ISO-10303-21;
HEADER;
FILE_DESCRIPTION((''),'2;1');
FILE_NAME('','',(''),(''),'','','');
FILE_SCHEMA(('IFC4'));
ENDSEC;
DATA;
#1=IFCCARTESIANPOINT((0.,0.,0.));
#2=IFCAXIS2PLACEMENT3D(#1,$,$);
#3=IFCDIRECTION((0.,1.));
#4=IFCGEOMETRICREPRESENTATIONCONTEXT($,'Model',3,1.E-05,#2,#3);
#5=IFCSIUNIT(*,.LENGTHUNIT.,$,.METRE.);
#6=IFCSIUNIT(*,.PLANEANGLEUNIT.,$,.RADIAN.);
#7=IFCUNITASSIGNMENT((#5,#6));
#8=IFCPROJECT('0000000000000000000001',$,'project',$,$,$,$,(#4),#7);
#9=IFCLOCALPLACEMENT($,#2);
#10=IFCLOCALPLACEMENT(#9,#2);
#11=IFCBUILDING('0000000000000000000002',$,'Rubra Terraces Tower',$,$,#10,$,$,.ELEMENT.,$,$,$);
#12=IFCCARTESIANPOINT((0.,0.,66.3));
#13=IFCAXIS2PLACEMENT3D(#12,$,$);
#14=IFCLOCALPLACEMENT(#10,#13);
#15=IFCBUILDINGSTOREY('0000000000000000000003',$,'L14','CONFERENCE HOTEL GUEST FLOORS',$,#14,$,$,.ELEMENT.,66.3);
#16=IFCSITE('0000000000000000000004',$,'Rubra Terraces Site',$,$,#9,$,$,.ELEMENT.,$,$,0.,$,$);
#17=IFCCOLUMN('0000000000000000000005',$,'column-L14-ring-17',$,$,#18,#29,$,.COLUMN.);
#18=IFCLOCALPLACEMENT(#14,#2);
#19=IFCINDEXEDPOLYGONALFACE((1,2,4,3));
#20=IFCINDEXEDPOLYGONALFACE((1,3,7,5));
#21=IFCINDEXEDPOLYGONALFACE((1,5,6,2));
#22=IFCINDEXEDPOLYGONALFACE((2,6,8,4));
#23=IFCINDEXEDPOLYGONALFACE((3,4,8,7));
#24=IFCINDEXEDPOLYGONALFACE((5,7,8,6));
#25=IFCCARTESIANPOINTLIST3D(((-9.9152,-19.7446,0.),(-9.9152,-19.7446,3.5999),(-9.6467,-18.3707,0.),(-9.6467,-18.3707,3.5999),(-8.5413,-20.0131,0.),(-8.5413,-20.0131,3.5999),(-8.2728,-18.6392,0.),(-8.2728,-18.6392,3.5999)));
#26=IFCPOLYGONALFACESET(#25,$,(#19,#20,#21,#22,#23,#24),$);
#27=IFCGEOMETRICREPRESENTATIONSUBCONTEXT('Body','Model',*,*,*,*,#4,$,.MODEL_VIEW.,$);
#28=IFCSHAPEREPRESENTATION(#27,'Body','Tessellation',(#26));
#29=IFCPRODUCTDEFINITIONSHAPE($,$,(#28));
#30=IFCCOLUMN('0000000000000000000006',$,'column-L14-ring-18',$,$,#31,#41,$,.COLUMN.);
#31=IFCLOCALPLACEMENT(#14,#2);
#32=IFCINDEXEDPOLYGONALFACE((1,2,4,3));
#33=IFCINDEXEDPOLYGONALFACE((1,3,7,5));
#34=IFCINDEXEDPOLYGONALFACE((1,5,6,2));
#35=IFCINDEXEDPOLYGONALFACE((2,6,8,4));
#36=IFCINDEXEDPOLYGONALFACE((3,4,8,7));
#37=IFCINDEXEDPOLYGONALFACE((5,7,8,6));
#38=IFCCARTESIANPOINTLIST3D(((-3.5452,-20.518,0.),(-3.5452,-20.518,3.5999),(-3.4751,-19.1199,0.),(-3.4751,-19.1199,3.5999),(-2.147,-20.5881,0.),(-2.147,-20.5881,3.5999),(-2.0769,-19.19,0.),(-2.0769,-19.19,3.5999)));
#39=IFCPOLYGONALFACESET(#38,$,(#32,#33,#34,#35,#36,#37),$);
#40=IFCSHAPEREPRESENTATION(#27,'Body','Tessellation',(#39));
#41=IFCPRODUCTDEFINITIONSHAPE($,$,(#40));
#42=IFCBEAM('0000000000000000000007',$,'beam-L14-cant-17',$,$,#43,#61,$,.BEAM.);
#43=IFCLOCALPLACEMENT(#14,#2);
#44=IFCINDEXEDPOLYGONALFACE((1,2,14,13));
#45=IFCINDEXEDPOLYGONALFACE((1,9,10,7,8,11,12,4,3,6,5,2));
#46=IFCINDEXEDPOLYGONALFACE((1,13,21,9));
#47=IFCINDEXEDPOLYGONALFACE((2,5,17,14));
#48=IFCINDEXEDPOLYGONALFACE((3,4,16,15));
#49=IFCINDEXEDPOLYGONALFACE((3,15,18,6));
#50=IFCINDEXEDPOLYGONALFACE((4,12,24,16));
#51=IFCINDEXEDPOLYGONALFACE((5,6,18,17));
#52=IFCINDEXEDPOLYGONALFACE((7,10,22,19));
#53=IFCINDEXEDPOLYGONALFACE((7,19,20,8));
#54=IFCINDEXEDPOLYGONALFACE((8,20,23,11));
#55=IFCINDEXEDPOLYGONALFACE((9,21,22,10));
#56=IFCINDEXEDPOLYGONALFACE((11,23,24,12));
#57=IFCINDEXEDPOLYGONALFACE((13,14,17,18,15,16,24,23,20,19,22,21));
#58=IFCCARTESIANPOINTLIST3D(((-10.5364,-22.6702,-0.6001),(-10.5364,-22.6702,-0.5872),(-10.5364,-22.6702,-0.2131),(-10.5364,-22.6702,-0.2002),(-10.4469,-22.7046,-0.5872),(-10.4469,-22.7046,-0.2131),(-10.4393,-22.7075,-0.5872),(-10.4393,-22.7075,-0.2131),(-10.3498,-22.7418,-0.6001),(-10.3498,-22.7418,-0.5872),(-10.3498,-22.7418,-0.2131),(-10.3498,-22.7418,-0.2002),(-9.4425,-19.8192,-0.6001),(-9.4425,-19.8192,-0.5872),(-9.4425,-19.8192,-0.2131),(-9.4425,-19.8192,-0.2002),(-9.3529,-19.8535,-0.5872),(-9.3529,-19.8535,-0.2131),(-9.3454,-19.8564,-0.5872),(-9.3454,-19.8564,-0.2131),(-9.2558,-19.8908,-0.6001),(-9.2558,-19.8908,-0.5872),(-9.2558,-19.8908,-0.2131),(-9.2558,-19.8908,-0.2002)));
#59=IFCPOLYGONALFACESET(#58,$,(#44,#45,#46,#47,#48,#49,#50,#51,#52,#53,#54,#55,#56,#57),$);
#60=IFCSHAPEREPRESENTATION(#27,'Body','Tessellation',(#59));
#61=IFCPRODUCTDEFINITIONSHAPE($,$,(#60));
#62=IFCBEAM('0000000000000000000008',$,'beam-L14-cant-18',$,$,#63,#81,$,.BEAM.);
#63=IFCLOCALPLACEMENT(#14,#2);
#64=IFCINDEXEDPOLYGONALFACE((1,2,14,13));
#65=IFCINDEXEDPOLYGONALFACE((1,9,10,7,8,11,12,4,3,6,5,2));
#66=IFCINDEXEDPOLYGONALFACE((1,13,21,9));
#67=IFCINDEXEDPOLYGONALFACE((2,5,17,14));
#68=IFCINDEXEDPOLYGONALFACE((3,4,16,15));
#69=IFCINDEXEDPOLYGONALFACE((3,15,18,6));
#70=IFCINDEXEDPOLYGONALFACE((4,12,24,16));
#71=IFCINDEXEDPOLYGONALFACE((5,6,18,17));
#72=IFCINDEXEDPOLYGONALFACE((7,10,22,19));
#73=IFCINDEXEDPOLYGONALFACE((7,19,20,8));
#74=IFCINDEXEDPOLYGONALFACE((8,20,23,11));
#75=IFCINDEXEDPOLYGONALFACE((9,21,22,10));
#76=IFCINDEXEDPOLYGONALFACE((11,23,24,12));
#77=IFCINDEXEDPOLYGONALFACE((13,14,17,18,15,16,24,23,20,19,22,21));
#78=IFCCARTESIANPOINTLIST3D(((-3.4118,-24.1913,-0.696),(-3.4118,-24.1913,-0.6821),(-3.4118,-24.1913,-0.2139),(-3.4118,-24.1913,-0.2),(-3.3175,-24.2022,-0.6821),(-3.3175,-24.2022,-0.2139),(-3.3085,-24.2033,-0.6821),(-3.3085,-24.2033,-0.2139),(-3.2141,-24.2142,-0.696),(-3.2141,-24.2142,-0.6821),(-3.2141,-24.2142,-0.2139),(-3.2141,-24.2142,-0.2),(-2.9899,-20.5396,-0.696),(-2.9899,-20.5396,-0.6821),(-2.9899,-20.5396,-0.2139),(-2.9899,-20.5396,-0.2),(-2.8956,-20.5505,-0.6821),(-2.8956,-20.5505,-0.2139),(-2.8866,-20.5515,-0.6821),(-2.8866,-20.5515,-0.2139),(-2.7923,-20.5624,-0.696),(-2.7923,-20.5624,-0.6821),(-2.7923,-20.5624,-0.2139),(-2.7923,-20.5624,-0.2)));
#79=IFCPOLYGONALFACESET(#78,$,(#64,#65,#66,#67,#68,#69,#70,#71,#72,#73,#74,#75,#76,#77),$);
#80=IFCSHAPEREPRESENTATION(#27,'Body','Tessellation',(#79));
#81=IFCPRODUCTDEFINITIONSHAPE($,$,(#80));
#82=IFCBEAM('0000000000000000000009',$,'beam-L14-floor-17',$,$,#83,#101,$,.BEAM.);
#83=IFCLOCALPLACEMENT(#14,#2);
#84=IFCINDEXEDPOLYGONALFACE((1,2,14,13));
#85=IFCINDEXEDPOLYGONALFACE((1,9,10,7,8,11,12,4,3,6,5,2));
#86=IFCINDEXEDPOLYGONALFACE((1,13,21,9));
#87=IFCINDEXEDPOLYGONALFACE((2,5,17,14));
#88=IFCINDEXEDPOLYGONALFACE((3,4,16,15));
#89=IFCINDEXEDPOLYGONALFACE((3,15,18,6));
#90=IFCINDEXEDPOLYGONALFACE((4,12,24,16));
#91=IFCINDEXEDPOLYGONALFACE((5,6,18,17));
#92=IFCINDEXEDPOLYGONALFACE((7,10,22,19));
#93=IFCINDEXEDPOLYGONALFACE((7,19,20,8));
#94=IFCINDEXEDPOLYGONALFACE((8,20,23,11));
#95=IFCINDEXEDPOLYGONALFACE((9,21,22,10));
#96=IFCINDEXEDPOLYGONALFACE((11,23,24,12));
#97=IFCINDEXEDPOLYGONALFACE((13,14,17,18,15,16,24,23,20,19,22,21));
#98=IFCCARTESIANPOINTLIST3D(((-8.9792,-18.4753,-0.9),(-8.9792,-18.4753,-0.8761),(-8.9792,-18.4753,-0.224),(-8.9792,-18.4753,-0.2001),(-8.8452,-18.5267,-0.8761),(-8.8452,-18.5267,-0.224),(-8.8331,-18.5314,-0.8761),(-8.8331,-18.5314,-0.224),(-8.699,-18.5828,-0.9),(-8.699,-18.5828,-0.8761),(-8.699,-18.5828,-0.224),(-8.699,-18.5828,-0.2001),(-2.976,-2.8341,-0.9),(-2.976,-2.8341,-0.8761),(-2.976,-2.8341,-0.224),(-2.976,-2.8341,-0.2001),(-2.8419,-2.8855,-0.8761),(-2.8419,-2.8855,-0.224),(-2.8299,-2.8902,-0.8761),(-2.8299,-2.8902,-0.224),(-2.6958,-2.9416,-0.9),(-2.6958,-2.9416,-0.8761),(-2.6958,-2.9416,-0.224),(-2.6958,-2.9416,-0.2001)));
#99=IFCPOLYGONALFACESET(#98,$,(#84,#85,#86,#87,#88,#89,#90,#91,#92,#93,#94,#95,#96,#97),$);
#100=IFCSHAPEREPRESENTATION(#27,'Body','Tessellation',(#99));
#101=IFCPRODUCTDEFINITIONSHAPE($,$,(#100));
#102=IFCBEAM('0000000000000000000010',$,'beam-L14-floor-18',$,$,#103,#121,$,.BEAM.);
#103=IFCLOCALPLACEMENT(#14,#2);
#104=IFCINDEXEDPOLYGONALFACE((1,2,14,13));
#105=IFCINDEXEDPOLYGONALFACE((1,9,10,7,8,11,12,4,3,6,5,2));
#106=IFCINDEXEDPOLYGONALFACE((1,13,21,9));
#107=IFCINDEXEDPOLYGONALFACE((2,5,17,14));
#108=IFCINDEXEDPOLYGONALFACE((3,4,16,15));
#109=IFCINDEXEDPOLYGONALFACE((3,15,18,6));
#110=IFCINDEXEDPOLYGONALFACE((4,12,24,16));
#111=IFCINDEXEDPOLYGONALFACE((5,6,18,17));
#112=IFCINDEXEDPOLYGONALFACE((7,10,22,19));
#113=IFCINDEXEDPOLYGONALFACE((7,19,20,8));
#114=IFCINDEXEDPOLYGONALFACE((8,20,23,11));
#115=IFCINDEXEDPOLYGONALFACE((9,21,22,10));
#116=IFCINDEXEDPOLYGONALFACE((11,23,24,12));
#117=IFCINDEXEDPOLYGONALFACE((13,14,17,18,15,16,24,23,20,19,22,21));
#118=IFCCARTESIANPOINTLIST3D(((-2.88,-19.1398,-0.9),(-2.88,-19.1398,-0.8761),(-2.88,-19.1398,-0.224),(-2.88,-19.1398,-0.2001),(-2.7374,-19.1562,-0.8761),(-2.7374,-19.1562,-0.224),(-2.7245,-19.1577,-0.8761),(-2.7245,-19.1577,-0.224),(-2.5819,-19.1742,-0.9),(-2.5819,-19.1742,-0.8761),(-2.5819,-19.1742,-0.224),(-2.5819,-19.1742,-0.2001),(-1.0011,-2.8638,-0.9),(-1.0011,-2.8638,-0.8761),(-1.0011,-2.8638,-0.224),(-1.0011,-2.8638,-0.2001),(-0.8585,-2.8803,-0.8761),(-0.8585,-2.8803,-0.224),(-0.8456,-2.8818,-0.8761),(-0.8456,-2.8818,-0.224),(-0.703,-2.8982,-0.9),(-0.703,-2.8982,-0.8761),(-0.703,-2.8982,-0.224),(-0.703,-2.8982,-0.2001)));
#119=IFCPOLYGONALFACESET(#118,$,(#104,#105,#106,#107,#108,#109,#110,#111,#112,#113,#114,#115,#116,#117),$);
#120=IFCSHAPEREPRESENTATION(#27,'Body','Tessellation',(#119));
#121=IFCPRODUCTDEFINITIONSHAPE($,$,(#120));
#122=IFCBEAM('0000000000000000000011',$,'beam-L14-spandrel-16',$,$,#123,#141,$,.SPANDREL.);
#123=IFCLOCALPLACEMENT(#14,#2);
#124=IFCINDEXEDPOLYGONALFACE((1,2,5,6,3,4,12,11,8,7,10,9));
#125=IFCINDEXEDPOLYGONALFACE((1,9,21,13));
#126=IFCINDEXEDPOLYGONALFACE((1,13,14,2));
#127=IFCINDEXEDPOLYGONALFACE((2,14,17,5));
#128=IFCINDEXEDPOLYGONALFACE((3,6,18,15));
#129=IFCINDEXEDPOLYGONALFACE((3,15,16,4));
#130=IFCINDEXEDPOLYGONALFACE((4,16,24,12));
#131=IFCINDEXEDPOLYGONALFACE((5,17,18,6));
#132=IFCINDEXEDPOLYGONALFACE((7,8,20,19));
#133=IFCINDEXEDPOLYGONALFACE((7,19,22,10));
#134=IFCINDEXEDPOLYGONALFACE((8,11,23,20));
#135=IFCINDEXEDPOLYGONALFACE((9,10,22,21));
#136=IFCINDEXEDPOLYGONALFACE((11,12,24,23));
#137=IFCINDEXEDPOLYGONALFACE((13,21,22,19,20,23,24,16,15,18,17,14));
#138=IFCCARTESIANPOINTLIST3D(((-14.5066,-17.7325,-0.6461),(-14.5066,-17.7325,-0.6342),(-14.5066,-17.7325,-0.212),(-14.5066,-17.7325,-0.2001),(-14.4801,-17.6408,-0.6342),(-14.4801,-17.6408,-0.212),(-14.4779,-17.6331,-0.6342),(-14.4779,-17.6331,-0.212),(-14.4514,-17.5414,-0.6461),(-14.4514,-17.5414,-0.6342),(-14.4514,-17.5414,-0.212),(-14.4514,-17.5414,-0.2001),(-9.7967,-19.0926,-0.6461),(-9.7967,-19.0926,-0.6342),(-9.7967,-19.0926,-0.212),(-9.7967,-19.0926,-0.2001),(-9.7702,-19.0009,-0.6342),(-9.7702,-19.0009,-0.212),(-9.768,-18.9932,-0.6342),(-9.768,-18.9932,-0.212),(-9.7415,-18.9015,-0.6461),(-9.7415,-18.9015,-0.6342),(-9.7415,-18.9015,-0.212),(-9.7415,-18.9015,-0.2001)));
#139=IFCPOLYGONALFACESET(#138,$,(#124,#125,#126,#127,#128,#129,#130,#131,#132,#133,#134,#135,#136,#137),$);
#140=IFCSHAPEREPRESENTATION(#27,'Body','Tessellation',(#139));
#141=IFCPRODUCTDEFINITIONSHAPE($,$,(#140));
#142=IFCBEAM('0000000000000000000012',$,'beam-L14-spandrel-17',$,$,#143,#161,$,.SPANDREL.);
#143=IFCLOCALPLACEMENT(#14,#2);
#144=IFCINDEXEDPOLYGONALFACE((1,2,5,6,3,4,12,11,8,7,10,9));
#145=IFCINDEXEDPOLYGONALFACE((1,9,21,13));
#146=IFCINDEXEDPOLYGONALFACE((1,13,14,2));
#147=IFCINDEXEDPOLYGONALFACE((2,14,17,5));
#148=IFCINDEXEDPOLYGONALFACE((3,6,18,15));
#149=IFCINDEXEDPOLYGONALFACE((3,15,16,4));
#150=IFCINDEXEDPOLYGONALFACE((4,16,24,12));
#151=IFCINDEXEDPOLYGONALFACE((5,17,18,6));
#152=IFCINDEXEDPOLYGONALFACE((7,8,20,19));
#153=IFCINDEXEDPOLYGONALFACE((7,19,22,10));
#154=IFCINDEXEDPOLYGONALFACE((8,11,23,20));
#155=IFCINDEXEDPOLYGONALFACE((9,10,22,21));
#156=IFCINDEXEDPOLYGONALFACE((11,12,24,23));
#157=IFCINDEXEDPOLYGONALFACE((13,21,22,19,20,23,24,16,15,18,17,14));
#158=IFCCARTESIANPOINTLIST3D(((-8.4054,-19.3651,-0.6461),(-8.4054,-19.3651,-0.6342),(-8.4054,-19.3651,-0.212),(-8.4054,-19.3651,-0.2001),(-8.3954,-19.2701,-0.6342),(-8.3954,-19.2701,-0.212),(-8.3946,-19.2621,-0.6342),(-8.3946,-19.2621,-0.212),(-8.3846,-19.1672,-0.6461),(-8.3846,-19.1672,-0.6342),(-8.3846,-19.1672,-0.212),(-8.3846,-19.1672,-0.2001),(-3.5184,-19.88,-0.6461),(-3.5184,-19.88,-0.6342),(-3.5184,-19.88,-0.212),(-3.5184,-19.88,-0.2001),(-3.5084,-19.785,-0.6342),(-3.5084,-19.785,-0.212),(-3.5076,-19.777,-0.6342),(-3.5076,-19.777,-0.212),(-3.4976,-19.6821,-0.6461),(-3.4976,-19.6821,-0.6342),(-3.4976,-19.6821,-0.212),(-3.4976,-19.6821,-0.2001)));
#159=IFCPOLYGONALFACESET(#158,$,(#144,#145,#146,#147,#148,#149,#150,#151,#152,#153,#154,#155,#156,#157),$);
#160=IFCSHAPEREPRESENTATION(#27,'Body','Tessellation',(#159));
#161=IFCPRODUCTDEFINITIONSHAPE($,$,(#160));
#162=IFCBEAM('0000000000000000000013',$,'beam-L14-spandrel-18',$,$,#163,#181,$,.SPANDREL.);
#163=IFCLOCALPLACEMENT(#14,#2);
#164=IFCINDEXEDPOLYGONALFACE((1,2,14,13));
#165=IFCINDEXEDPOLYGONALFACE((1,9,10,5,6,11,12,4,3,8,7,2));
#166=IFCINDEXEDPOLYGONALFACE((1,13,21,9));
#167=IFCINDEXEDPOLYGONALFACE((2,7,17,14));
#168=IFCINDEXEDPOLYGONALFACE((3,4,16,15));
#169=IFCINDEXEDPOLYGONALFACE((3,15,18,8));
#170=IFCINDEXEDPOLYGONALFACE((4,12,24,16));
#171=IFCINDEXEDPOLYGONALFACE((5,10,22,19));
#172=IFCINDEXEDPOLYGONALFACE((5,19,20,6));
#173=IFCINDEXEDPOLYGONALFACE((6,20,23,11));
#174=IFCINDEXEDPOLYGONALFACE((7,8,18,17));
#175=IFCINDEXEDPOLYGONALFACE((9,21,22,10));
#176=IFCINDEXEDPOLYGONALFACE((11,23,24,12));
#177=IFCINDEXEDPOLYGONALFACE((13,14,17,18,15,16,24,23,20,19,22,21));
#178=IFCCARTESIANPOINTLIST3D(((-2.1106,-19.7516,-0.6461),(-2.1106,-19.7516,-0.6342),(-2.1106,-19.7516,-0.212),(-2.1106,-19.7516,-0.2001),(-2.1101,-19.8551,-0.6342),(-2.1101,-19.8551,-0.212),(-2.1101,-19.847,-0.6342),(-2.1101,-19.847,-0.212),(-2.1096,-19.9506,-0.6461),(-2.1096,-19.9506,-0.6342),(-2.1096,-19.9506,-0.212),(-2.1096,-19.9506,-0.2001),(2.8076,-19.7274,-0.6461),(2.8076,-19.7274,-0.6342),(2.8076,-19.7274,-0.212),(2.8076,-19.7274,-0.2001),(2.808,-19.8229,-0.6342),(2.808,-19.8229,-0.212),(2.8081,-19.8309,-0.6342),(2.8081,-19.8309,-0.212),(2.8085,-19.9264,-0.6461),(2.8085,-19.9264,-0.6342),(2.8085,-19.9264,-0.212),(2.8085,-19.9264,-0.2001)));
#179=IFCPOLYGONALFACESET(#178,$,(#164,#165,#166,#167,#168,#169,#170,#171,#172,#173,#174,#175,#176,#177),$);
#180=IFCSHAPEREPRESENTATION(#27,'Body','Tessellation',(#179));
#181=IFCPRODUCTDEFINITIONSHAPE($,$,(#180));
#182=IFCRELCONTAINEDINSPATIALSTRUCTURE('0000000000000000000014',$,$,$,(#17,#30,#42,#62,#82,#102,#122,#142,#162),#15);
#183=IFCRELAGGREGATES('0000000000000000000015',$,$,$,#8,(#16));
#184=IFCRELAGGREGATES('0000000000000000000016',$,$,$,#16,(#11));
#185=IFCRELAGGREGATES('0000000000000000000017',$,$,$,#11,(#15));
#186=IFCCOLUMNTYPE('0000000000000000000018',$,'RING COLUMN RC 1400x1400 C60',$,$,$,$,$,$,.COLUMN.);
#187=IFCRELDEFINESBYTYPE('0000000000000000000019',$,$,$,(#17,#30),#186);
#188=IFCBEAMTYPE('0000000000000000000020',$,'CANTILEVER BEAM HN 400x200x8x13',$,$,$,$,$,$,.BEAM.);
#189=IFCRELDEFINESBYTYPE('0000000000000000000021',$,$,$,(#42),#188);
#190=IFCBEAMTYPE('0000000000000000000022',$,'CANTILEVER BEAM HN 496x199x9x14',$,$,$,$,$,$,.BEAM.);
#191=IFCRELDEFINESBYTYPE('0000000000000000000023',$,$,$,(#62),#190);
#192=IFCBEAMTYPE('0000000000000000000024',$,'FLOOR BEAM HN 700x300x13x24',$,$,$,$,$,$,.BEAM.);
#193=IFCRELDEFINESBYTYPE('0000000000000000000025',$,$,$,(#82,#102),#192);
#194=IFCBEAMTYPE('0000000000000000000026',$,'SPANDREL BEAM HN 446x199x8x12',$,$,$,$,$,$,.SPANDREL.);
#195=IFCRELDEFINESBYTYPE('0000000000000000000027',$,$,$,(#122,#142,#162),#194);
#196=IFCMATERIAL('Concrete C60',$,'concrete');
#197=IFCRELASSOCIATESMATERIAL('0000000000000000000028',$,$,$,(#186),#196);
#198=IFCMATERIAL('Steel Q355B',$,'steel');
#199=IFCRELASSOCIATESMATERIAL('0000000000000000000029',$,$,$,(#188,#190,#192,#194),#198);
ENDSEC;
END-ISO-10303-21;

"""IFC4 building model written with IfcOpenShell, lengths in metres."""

from ifc_helpers import new_model, si_unit, direction, frame, origin, origin_2d, place, context, subcontext, project, spatial, rectangle, i_section, extrude, material, material_profile, profile_set, type_object, element, save


model = new_model("IFC4")

# Units and contexts
model_context = context("Model", 3, precision=1e-05, world=origin(), true_north=direction((0.0, 1.0)))
body_context = subcontext(model_context, "Body", "Model", "MODEL_VIEW")
ifc_project = project(units=[si_unit("LENGTHUNIT", "METRE"), si_unit("PLANEANGLEUNIT", "RADIAN")], contexts=[model_context])

# Site, building, storey
site_placement = place(None, origin())
site = spatial("IfcSite", under=ifc_project, at=site_placement, Name="Rubra Terraces Site", CompositionType="ELEMENT", RefElevation=0.0)
building_placement = place(site_placement, origin())
building = spatial("IfcBuilding", under=site, at=building_placement, Name="Rubra Terraces Tower", CompositionType="ELEMENT")
storey_placement = place(building_placement, frame((0.0, 0.0, 66.3)))
storey = spatial("IfcBuildingStorey", under=building, at=storey_placement, Name="L14", Description="CONFERENCE HOTEL GUEST FLOORS", CompositionType="ELEMENT", Elevation=66.3)

# Columns
ifc_material_1 = material(Name="Concrete C60", Category="concrete")
ifc_material_profile_1 = material_profile(ifc_material_1, rectangle(XDim=1.3999, YDim=1.3999, at=origin_2d()), Name="RC 1400x1400")
ifc_profile_set_1 = profile_set([ifc_material_profile_1], Name="Concrete C60")
column_type = type_object("IfcColumnType", Name="RING COLUMN RC 1400x1400 C60", PredefinedType="COLUMN", material=ifc_profile_set_1)
for number, where, z_axis, x_axis, name in (
    (1, (-9.094, -19.1919, 0.0), (0.0, 0.0, 1.0), (0.98143, -0.191819, 0.0), "column-L14-ring-17"),
    (2, (-2.811, -19.854, 0.0), (0.0, 0.0, 1.0), (0.998745, -0.050084, 0.0), "column-L14-ring-18"),
):
    element("IfcColumn", number, at=place(storey_placement, frame(where, z_axis=z_axis, x_axis=x_axis)), inside=storey, type_object=column_type, Name=name, PredefinedType="COLUMN", context=body_context, shape_type="SweptSolid", body=[
        extrude(rectangle(XDim=1.3999, YDim=1.3999, at=origin_2d()), origin(), (0.0, 0.0, 1.0), 3.5999),
    ])

# Beams
ifc_material_2 = material(Name="Steel Q355B", Category="steel")
ifc_material_profile_2 = material_profile(ifc_material_2, i_section(OverallWidth=0.2, OverallDepth=0.3999, WebThickness=0.0081, FlangeThickness=0.0129, at=origin_2d()), Name="HN 400x200x8x13")
ifc_profile_set_2 = profile_set([ifc_material_profile_2], Name="Steel Q355B")
beam_type_1 = type_object("IfcBeamType", Name="CANTILEVER BEAM HN 400x200x8x13", PredefinedType="BEAM", material=ifc_profile_set_2)
beam_1_placement = place(storey_placement, frame((-9.3491, -19.855, -0.4001), z_axis=(-0.358245, -0.933628, 0.0), x_axis=(0.933628, -0.358245, 0.0)))
element("IfcBeam", 3, at=beam_1_placement, inside=storey, type_object=beam_type_1, Name="beam-L14-cant-17", PredefinedType="BEAM", context=body_context, shape_type="SweptSolid", body=[
    extrude(i_section(OverallWidth=0.2, OverallDepth=0.3999, WebThickness=0.0081, FlangeThickness=0.0129, at=origin_2d()), origin(), (0.0, 0.0, 1.0), 3.0537),
])
ifc_material_profile_3 = material_profile(ifc_material_2, i_section(OverallWidth=0.199, OverallDepth=0.4961, WebThickness=0.009, FlangeThickness=0.0139, at=origin_2d()), Name="HN 496x199x9x14")
ifc_profile_set_3 = profile_set([ifc_material_profile_3], Name="Steel Q355B")
beam_type_2 = type_object("IfcBeamType", Name="CANTILEVER BEAM HN 496x199x9x14", PredefinedType="BEAM", material=ifc_profile_set_3)
beam_2_placement = place(storey_placement, frame((-2.8911, -20.551, -0.448), z_axis=(-0.11476, -0.993393, 0.0), x_axis=(0.993393, -0.11476, 0.0)))
element("IfcBeam", 4, at=beam_2_placement, inside=storey, type_object=beam_type_2, Name="beam-L14-cant-18", PredefinedType="BEAM", context=body_context, shape_type="SweptSolid", body=[
    extrude(i_section(OverallWidth=0.199, OverallDepth=0.4961, WebThickness=0.009, FlangeThickness=0.0139, at=origin_2d()), origin(), (0.0, 0.0, 1.0), 3.676),
])
ifc_material_profile_4 = material_profile(ifc_material_2, i_section(OverallWidth=0.3, OverallDepth=0.7, WebThickness=0.0129, FlangeThickness=0.0239, at=origin_2d()), Name="HN 700x300x13x24")
ifc_profile_set_4 = profile_set([ifc_material_profile_4], Name="Steel Q355B")
beam_type_3 = type_object("IfcBeamType", Name="FLOOR BEAM HN 700x300x13x24", PredefinedType="BEAM", material=ifc_profile_set_4)
beam_3_placement = place(storey_placement, frame((-8.8391, -18.5291, -0.55), z_axis=(0.358322, 0.933598, 0.0), x_axis=(-0.933598, 0.358322, 0.0)))
element("IfcBeam", 5, at=beam_3_placement, inside=storey, type_object=beam_type_3, Name="beam-L14-floor-17", PredefinedType="BEAM", context=body_context, shape_type="SweptSolid", body=[
    extrude(i_section(OverallWidth=0.3, OverallDepth=0.7, WebThickness=0.0129, FlangeThickness=0.0239, at=origin_2d()), origin(), (0.0, 0.0, 1.0), 16.7537),
])
beam_4_placement = place(storey_placement, frame((-2.731, -19.157, -0.55), z_axis=(0.11468, 0.993403, 0.0), x_axis=(-0.993403, 0.11468, 0.0)))
element("IfcBeam", 6, at=beam_4_placement, inside=storey, type_object=beam_type_3, Name="beam-L14-floor-18", PredefinedType="BEAM", context=body_context, shape_type="SweptSolid", body=[
    extrude(i_section(OverallWidth=0.3, OverallDepth=0.7, WebThickness=0.0129, FlangeThickness=0.0239, at=origin_2d()), origin(), (0.0, 0.0, 1.0), 16.384),
])
ifc_material_profile_5 = material_profile(ifc_material_2, i_section(OverallWidth=0.199, OverallDepth=0.446, WebThickness=0.0081, FlangeThickness=0.012, at=origin_2d()), Name="HN 446x199x8x12")
ifc_profile_set_5 = profile_set([ifc_material_profile_5], Name="Steel Q355B")
beam_type_4 = type_object("IfcBeamType", Name="SPANDREL BEAM HN 446x199x8x12", PredefinedType="SPANDREL", material=ifc_profile_set_5)
beam_5_placement = place(storey_placement, frame((-14.479, -17.637, -0.4231), z_axis=(0.960744, -0.277436, 0.0), x_axis=(0.277436, 0.960744, 0.0)))
element("IfcBeam", 7, at=beam_5_placement, inside=storey, type_object=beam_type_4, Name="beam-L14-spandrel-16", PredefinedType="SPANDREL", context=body_context, shape_type="SweptSolid", body=[
    extrude(i_section(OverallWidth=0.199, OverallDepth=0.446, WebThickness=0.0081, FlangeThickness=0.012, at=origin_2d()), origin(), (0.0, 0.0, 1.0), 4.9023),
])
beam_6_placement = place(storey_placement, frame((-8.395, -19.2661, -0.4231), z_axis=(0.994495, -0.10478, 0.0), x_axis=(0.10478, 0.994495, 0.0)))
element("IfcBeam", 8, at=beam_6_placement, inside=storey, type_object=beam_type_4, Name="beam-L14-spandrel-17", PredefinedType="SPANDREL", context=body_context, shape_type="SweptSolid", body=[
    extrude(i_section(OverallWidth=0.199, OverallDepth=0.446, WebThickness=0.0081, FlangeThickness=0.012, at=origin_2d()), origin(), (0.0, 0.0, 1.0), 4.9141),
])
beam_7_placement = place(storey_placement, frame((-2.1101, -19.8511, -0.4231), z_axis=(0.999988, 0.004914, 0.0), x_axis=(-0.004914, 0.999988, 0.0)))
element("IfcBeam", 9, at=beam_7_placement, inside=storey, type_object=beam_type_4, Name="beam-L14-spandrel-18", PredefinedType="SPANDREL", context=body_context, shape_type="SweptSolid", body=[
    extrude(i_section(OverallWidth=0.199, OverallDepth=0.446, WebThickness=0.0081, FlangeThickness=0.012, at=origin_2d()), origin(), (0.0, 0.0, 1.0), 4.9182),
])

save(model, "model.ifc")
